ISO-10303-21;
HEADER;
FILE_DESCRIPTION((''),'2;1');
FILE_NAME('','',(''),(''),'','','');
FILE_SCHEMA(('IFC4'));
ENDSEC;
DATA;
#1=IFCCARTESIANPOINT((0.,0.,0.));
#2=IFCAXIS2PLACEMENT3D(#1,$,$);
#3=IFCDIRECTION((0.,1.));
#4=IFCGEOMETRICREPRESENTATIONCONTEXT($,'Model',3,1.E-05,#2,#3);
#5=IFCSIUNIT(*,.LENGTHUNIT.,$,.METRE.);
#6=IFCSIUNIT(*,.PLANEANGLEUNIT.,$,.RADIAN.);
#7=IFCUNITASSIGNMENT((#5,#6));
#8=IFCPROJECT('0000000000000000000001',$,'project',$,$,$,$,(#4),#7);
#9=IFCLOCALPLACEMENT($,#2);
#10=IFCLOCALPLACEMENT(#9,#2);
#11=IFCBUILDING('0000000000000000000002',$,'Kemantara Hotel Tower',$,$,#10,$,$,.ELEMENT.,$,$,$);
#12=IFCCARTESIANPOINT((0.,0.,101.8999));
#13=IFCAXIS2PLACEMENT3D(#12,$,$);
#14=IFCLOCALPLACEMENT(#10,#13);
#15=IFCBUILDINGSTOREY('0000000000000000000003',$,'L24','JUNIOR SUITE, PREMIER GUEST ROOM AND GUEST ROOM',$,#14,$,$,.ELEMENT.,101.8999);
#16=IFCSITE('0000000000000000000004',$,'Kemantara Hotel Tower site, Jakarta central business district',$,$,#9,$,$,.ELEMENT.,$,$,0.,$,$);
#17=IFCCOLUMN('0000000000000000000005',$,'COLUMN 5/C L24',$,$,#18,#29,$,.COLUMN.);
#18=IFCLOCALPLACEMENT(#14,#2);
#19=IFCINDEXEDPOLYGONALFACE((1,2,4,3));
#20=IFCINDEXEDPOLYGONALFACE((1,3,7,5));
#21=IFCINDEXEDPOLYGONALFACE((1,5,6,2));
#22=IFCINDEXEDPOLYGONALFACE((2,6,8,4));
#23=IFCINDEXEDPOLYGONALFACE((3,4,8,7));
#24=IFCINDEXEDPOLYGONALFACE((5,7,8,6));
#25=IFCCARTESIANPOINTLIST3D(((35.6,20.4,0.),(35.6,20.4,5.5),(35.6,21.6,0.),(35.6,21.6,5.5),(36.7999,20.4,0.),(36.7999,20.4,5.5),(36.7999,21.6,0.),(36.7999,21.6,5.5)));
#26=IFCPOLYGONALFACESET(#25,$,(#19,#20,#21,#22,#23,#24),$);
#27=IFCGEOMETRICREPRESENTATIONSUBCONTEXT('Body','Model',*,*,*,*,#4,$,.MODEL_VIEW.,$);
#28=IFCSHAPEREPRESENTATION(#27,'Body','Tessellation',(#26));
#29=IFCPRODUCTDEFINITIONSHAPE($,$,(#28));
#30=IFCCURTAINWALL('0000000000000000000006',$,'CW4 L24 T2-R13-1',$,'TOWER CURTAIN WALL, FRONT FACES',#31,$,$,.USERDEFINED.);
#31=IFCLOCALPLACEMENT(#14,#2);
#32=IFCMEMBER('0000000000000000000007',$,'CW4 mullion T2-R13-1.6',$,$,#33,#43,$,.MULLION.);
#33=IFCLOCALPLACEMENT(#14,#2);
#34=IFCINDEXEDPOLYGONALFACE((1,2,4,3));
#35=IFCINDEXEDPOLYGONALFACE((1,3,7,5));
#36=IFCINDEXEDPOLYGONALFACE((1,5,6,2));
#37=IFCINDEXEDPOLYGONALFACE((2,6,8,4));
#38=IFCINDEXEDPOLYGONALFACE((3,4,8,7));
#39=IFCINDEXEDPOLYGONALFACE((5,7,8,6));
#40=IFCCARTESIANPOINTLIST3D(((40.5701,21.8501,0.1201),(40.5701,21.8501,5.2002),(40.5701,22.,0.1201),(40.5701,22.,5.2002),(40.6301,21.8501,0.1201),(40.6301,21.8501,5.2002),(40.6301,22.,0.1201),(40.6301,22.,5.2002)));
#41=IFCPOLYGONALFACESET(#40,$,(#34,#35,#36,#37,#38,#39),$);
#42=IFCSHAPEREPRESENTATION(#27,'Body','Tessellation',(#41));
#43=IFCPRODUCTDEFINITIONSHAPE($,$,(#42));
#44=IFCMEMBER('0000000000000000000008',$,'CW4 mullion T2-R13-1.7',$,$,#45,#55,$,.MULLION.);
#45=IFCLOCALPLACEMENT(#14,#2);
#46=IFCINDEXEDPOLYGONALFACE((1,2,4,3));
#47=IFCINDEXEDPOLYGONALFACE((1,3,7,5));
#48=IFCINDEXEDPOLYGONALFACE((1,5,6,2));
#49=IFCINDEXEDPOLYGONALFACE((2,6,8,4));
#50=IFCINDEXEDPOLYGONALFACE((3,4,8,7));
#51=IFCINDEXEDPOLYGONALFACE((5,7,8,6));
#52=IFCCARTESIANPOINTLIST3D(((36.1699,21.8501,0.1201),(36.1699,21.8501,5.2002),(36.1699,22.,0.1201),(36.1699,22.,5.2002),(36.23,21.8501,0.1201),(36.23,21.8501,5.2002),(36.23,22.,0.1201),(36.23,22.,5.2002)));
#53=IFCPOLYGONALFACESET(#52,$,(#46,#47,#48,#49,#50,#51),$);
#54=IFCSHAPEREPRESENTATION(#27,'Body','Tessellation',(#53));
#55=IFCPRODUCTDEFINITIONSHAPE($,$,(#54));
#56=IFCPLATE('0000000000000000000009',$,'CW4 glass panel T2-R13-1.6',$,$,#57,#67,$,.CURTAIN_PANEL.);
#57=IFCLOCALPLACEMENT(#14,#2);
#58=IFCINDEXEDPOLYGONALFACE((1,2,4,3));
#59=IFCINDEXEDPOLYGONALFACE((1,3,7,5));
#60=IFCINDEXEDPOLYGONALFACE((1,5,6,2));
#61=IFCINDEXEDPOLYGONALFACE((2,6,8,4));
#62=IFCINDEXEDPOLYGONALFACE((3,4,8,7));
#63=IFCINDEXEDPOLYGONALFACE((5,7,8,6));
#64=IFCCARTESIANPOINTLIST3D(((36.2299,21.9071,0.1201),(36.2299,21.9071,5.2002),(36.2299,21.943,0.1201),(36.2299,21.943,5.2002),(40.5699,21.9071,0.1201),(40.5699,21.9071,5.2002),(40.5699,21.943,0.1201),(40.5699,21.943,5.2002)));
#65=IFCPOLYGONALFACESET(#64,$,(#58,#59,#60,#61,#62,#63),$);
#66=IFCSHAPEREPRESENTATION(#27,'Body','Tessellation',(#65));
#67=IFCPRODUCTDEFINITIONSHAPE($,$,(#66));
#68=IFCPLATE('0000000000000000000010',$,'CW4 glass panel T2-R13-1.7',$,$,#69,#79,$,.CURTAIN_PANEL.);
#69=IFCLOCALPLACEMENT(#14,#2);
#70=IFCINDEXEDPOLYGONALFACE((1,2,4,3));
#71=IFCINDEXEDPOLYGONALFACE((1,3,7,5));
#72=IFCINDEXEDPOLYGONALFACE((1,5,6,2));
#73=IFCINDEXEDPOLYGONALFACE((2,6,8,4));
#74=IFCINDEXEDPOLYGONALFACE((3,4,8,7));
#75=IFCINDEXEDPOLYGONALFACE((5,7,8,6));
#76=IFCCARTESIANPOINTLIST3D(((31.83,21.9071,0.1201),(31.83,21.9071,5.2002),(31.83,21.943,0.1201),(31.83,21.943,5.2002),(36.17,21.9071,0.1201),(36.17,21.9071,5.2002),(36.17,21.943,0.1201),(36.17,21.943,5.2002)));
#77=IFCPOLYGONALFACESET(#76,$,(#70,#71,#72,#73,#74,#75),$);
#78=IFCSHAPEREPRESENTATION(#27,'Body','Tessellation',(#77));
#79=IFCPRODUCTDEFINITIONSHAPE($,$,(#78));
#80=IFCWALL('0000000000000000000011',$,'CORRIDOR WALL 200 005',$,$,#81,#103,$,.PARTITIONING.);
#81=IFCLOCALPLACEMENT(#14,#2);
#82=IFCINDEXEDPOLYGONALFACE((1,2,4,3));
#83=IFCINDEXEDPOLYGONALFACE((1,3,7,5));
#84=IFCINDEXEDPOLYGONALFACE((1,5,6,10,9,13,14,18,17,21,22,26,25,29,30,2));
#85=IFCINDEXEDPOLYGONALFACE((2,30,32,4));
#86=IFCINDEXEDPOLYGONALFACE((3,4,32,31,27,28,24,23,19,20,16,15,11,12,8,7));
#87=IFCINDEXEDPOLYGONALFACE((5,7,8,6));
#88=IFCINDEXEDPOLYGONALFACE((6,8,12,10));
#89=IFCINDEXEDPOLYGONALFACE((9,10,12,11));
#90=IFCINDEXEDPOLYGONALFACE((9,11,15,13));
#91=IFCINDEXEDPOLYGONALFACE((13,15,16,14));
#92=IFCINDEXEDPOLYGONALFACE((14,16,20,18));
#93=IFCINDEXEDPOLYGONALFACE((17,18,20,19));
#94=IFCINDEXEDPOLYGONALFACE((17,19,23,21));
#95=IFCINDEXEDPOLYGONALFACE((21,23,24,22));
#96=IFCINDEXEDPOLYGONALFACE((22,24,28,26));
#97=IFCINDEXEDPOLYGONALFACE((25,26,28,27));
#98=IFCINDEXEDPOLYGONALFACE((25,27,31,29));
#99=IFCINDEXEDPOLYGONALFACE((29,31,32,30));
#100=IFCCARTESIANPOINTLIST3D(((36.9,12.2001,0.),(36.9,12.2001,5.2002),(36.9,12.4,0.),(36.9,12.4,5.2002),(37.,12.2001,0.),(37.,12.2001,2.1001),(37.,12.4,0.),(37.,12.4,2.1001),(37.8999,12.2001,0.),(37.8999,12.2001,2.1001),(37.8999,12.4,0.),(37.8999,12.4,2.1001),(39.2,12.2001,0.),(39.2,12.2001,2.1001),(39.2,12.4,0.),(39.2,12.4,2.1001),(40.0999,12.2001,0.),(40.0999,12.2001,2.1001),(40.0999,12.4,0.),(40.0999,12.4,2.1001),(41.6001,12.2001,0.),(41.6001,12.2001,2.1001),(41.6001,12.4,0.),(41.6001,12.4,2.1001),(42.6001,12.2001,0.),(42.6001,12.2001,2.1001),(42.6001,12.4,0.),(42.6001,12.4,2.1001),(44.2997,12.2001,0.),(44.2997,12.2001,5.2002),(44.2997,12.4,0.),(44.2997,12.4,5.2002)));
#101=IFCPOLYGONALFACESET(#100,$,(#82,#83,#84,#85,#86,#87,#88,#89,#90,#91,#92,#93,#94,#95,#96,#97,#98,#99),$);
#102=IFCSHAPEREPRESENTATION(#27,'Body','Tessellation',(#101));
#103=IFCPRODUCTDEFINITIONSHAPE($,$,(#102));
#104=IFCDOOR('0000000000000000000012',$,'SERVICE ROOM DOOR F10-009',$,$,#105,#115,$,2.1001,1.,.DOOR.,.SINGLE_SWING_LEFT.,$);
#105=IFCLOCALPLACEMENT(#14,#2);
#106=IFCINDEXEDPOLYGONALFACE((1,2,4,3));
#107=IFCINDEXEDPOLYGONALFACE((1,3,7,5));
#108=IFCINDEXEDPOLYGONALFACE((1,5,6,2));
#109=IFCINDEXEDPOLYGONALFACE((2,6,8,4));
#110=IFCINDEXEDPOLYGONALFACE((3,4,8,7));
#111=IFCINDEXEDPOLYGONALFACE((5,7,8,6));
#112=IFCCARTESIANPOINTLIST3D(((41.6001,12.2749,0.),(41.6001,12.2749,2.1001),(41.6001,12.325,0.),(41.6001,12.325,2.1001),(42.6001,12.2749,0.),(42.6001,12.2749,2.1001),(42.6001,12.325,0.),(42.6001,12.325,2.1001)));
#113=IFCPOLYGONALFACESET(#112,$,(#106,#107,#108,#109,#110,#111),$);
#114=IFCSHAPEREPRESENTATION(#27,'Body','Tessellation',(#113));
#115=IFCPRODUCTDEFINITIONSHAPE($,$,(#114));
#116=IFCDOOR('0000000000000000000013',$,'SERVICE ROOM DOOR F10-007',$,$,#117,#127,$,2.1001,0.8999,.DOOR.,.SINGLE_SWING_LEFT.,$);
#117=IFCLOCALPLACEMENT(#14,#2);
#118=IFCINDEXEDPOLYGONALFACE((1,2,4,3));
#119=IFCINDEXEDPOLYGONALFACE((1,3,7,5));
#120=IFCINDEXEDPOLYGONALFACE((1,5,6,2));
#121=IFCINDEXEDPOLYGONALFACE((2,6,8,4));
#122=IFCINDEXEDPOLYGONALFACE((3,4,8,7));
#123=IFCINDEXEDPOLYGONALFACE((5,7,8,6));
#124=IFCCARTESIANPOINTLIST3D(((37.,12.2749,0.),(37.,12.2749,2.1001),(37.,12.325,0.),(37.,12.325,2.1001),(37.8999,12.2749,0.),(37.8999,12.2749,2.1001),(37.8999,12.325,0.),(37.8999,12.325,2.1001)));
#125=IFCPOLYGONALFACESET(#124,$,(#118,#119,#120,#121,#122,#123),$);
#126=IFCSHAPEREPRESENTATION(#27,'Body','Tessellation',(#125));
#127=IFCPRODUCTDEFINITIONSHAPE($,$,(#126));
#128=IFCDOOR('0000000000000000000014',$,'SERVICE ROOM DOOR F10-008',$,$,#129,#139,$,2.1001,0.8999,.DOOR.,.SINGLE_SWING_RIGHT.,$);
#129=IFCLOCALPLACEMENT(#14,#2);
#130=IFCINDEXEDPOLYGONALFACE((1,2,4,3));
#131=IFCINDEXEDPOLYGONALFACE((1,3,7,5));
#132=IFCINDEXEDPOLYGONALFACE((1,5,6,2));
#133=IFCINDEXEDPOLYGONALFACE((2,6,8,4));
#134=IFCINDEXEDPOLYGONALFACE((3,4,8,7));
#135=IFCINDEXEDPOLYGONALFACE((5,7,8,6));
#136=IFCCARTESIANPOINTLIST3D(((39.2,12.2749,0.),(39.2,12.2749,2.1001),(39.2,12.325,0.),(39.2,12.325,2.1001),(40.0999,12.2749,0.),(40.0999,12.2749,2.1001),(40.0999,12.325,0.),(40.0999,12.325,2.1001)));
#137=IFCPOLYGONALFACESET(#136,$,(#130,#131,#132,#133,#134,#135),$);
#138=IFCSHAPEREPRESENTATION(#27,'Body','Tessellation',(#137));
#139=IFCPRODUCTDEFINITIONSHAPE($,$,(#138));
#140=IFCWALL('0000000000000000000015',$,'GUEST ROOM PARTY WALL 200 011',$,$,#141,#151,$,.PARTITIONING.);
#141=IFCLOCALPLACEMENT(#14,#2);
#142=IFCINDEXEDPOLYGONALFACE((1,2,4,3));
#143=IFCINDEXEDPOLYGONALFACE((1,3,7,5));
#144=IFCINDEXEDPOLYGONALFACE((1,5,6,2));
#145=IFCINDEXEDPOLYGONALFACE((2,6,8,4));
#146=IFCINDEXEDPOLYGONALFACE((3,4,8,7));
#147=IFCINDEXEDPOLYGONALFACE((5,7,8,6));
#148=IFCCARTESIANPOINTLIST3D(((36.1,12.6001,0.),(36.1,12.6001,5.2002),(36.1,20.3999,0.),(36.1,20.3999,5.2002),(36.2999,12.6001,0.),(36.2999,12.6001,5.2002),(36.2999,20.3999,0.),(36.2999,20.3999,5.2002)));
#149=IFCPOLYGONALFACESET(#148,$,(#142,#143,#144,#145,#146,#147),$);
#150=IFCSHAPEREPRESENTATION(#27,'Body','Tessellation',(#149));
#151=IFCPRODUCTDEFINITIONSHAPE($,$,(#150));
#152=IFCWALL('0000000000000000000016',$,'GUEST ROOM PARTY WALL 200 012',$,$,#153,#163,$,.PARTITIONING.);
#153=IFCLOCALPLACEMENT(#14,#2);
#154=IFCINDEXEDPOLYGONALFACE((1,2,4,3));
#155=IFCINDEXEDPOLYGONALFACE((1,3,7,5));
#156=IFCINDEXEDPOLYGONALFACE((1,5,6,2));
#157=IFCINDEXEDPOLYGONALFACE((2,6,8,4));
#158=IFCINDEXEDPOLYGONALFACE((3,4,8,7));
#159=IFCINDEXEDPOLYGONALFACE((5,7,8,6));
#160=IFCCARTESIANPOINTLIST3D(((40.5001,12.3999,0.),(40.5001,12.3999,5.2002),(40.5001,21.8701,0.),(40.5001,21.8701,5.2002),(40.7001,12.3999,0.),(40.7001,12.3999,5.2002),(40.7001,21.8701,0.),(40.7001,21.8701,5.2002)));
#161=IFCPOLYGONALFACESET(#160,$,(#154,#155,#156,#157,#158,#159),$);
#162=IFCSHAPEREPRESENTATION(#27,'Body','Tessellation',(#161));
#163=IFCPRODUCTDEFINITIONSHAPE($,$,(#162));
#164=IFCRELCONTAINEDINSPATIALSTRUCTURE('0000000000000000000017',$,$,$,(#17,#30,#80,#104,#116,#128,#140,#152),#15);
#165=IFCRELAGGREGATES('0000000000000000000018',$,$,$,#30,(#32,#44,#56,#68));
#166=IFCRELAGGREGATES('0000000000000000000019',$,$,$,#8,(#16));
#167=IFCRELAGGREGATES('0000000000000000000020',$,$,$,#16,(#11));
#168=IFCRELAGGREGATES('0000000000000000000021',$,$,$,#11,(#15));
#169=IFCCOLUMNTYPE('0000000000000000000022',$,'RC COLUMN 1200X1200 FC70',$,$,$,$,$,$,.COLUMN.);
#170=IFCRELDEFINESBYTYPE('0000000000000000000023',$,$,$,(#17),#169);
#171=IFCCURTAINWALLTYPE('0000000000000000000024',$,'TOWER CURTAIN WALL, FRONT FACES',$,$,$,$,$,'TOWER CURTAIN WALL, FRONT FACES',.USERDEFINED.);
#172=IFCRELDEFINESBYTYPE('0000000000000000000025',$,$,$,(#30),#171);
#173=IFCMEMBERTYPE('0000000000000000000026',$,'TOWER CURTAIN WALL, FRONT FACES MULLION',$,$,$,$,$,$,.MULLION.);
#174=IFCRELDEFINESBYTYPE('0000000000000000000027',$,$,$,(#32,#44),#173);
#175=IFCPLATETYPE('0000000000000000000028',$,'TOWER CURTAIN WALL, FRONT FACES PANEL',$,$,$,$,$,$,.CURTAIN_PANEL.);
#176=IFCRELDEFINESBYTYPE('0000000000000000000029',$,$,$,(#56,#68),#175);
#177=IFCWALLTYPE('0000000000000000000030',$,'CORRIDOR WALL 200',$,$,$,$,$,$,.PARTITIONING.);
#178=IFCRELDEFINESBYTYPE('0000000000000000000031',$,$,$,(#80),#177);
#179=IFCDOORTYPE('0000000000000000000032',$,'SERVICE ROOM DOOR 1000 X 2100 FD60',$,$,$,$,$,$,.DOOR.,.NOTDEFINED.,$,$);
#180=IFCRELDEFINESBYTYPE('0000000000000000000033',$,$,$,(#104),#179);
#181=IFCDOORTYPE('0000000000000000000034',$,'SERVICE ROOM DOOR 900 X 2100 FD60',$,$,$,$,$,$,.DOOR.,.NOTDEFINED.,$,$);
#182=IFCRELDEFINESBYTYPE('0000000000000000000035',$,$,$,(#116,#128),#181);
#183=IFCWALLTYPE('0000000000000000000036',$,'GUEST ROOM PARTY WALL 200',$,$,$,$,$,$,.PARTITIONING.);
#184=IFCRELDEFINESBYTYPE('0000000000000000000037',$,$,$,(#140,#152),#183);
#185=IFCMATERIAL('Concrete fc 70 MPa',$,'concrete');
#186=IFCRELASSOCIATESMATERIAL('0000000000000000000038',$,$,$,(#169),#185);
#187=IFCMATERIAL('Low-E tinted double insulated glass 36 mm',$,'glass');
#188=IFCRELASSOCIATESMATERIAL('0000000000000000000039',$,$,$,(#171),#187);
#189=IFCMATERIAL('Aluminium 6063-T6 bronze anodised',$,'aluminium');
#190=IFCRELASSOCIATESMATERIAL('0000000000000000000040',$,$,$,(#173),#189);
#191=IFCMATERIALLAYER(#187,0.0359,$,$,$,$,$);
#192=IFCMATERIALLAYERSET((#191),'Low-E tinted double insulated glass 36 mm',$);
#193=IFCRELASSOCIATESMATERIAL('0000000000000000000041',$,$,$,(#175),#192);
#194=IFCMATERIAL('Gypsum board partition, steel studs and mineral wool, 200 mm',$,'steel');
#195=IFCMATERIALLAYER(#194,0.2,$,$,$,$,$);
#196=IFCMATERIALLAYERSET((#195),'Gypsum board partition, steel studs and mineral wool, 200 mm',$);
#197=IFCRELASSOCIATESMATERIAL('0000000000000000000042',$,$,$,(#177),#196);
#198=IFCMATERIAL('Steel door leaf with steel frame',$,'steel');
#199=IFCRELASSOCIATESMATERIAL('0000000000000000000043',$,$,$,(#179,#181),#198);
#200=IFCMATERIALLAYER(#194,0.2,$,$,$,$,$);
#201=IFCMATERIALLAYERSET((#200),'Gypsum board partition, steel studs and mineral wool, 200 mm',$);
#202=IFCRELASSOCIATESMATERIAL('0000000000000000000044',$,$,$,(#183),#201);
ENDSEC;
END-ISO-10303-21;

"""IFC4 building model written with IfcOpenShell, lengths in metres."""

from ifc_helpers import new_model, si_unit, direction, frame, frame_2d, origin, origin_2d, place, context, subcontext, project, spatial, rectangle, extrude, source, transform, mapped, material, layer, layer_set, material_profile, profile_set, type_object, element, fill, aggregate, save


model = new_model("IFC4")

# Units and contexts
model_context = context("Model", 3, precision=1e-05, world=origin(), true_north=direction((0.0, 1.0)))
body_context = subcontext(model_context, "Body", "Model", "MODEL_VIEW")
ifc_project = project(units=[si_unit("LENGTHUNIT", "METRE"), si_unit("PLANEANGLEUNIT", "RADIAN")], contexts=[model_context])

# Site, building, storey
site_placement = place(None, origin())
site = spatial("IfcSite", under=ifc_project, at=site_placement, Name="Kemantara Hotel Tower site, Jakarta central business district", CompositionType="ELEMENT", RefElevation=0.0)
building_placement = place(site_placement, origin())
building = spatial("IfcBuilding", under=site, at=building_placement, Name="Kemantara Hotel Tower", CompositionType="ELEMENT")
storey_placement = place(building_placement, frame((0.0, 0.0, 101.8999)))
storey = spatial("IfcBuildingStorey", under=building, at=storey_placement, Name="L24", Description="JUNIOR SUITE, PREMIER GUEST ROOM AND GUEST ROOM", CompositionType="ELEMENT", Elevation=101.8999)

# Column
ifc_material_1 = material(Name="Concrete fc 70 MPa", Category="concrete")
ifc_material_profile_1 = material_profile(ifc_material_1, rectangle(XDim=1.2, YDim=1.2, at=origin_2d()), Name="RC 1200X1200")
ifc_profile_set_1 = profile_set([ifc_material_profile_1], Name="Concrete fc 70 MPa")
column_type = type_object("IfcColumnType", Name="RC COLUMN 1200X1200 FC70", PredefinedType="COLUMN", material=ifc_profile_set_1)
column_placement = place(storey_placement, frame((36.2, 21.0, 0.0), z_axis=(0.0, 0.0, 1.0), x_axis=(1.0, 0.0, 0.0)))
element("IfcColumn", 1, at=column_placement, inside=storey, type_object=column_type, Name="COLUMN 5/C L24", PredefinedType="COLUMN", context=body_context, shape_type="SweptSolid", body=[
    extrude(rectangle(XDim=1.2, YDim=1.2, at=origin_2d()), origin(), (0.0, 0.0, 1.0), 5.5),
])

# Curtain wall, members, plates
ifc_material_2 = material(Name="Low-E tinted double insulated glass 36 mm", Category="glass")
curtain_wall_type = type_object("IfcCurtainWallType", Name="TOWER CURTAIN WALL, FRONT FACES", ElementType="TOWER CURTAIN WALL, FRONT FACES", PredefinedType="USERDEFINED", material=ifc_material_2)
curtain_wall_placement = place(storey_placement, origin())
curtain_wall = element("IfcCurtainWall", 2, at=curtain_wall_placement, inside=storey, type_object=curtain_wall_type, Name="CW4 L24 T2-R13-1", ObjectType="TOWER CURTAIN WALL, FRONT FACES", PredefinedType="USERDEFINED")
ifc_material_3 = material(Name="Aluminium 6063-T6 bronze anodised", Category="aluminium")
ifc_material_profile_2 = material_profile(ifc_material_3, rectangle(XDim=0.1499, YDim=0.0601, at=origin_2d()), Name="TOWER CURTAIN WALL, FRONT FACES MULLION")
ifc_profile_set_2 = profile_set([ifc_material_profile_2], Name="Aluminium 6063-T6 bronze anodised")
member_type = type_object("IfcMemberType", Name="TOWER CURTAIN WALL, FRONT FACES MULLION", PredefinedType="MULLION", material=ifc_profile_set_2)
shared_shape_1 = source(origin(), body_context, "Body", "SweptSolid", [
    extrude(rectangle(XDim=0.1499, YDim=0.0601, at=origin_2d()), origin(), (0.0, 0.0, 1.0), 5.0801),
])
member_1_placement = place(storey_placement, frame((40.6001, 21.925, 0.1201), z_axis=(0.0, 0.0, 1.0), x_axis=(0.0, -1.0, 0.0)))
member_1 = element("IfcMember", 3, at=member_1_placement, type_object=member_type, Name="CW4 mullion T2-R13-1.6", PredefinedType="MULLION", context=body_context, shape_type="MappedRepresentation", body=[
    mapped(shared_shape_1, transform((0.0, 0.0, 0.0))),
])
member_2_placement = place(storey_placement, frame((36.2, 21.925, 0.1201), z_axis=(0.0, 0.0, 1.0), x_axis=(0.0, -1.0, 0.0)))
member_2 = element("IfcMember", 4, at=member_2_placement, type_object=member_type, Name="CW4 mullion T2-R13-1.7", PredefinedType="MULLION", context=body_context, shape_type="MappedRepresentation", body=[
    mapped(shared_shape_1, transform((0.0, 0.0, 0.0))),
])
ifc_layer_1 = layer(ifc_material_2, 0.0359)
ifc_layer_set_1 = layer_set([ifc_layer_1], Name="Low-E tinted double insulated glass 36 mm")
plate_type = type_object("IfcPlateType", Name="TOWER CURTAIN WALL, FRONT FACES PANEL", PredefinedType="CURTAIN_PANEL", material=ifc_layer_set_1)
shared_shape_2 = source(origin(), body_context, "Body", "SweptSolid", [
    extrude(rectangle(XDim=4.3401, YDim=0.0359, at=origin_2d()), origin(), (0.0, 0.0, 1.0), 5.0801),
])
plate_1_placement = place(storey_placement, frame((38.3999, 21.925, 0.1201), z_axis=(0.0, 0.0, 1.0), x_axis=(-1.0, 0.0, 0.0)))
plate_1 = element("IfcPlate", 5, at=plate_1_placement, type_object=plate_type, Name="CW4 glass panel T2-R13-1.6", PredefinedType="CURTAIN_PANEL", context=body_context, shape_type="MappedRepresentation", body=[
    mapped(shared_shape_2, transform((0.0, 0.0, 0.0))),
])
plate_2_placement = place(storey_placement, frame((34.0, 21.925, 0.1201), z_axis=(0.0, 0.0, 1.0), x_axis=(-1.0, 0.0, 0.0)))
plate_2 = element("IfcPlate", 6, at=plate_2_placement, type_object=plate_type, Name="CW4 glass panel T2-R13-1.7", PredefinedType="CURTAIN_PANEL", context=body_context, shape_type="MappedRepresentation", body=[
    mapped(shared_shape_2, transform((0.0, 0.0, 0.0))),
])
aggregate(curtain_wall, [member_1, member_2, plate_1, plate_2])

# Wall, openings, doors
ifc_material_4 = material(Name="Gypsum board partition, steel studs and mineral wool, 200 mm", Category="steel")
ifc_layer_2 = layer(ifc_material_4, 0.2)
ifc_layer_set_2 = layer_set([ifc_layer_2], Name="Gypsum board partition, steel studs and mineral wool, 200 mm")
wall_type_1 = type_object("IfcWallType", Name="CORRIDOR WALL 200", PredefinedType="PARTITIONING", material=ifc_layer_set_2)
wall_1_placement = place(storey_placement, frame((36.9001, 12.3, 0.0), z_axis=(0.0, 0.0, 1.0), x_axis=(1.0, 0.0, 0.0)))
wall_1 = element("IfcWall", 7, at=wall_1_placement, inside=storey, type_object=wall_type_1, Name="CORRIDOR WALL 200 005", PredefinedType="PARTITIONING", context=body_context, shape_type="SweptSolid", body=[
    extrude(rectangle(XDim=7.3997, YDim=0.2, at=frame_2d((3.6997, 0.0))), origin(), (0.0, 0.0, 1.0), 5.2002),
])
opening_1_placement = place(wall_1_placement, frame((0.0999, 0.0, 0.0)))
opening_1 = element("IfcOpeningElement", 8, at=opening_1_placement, cuts=wall_1, PredefinedType="OPENING", context=body_context, shape_type="SweptSolid", body=[
    extrude(rectangle(XDim=0.8999, YDim=2.1001, at=frame_2d((0.45, 1.05))), frame((0.0, 0.1099, 0.0), z_axis=(0.0, -1.0, 0.0), x_axis=(1.0, 0.0, 0.0)), (0.0, 0.0, 1.0), 0.22),
])
opening_2_placement = place(wall_1_placement, frame((2.2998, 0.0, 0.0)))
opening_2 = element("IfcOpeningElement", 9, at=opening_2_placement, cuts=wall_1, PredefinedType="OPENING", context=body_context, shape_type="SweptSolid", body=[
    extrude(rectangle(XDim=0.8999, YDim=2.1001, at=frame_2d((0.45, 1.05))), frame((0.0, 0.1099, 0.0), z_axis=(0.0, -1.0, 0.0), x_axis=(1.0, 0.0, 0.0)), (0.0, 0.0, 1.0), 0.22),
])
opening_3_placement = place(wall_1_placement, frame((4.7, 0.0, 0.0)))
opening_3 = element("IfcOpeningElement", 10, at=opening_3_placement, cuts=wall_1, PredefinedType="OPENING", context=body_context, shape_type="SweptSolid", body=[
    extrude(rectangle(XDim=1.0, YDim=2.1001, at=frame_2d((0.5, 1.05))), frame((0.0, 0.1099, 0.0), z_axis=(0.0, -1.0, 0.0), x_axis=(1.0, 0.0, 0.0)), (0.0, 0.0, 1.0), 0.22),
])
ifc_material_5 = material(Name="Steel door leaf with steel frame", Category="steel")
door_type_1 = type_object("IfcDoorType", Name="SERVICE ROOM DOOR 1000 X 2100 FD60", OperationType="NOTDEFINED", PredefinedType="DOOR", material=ifc_material_5)
door_1_placement = place(opening_3_placement, origin())
door_1 = element("IfcDoor", 11, at=door_1_placement, inside=storey, type_object=door_type_1, Name="SERVICE ROOM DOOR F10-009", OperationType="SINGLE_SWING_LEFT", OverallHeight=2.1001, OverallWidth=1.0, PredefinedType="DOOR", context=body_context, shape_type="SweptSolid", body=[
    extrude(rectangle(XDim=1.0, YDim=2.1001, at=frame_2d((0.5, 1.05))), frame((0.0, 0.0249, 0.0), z_axis=(0.0, -1.0, 0.0), x_axis=(1.0, 0.0, 0.0)), (0.0, 0.0, 1.0), 0.05),
])
fill(opening_3, door_1)
door_type_2 = type_object("IfcDoorType", Name="SERVICE ROOM DOOR 900 X 2100 FD60", OperationType="NOTDEFINED", PredefinedType="DOOR", material=ifc_material_5)
door_2_placement = place(opening_1_placement, origin())
door_2 = element("IfcDoor", 12, at=door_2_placement, inside=storey, type_object=door_type_2, Name="SERVICE ROOM DOOR F10-007", OperationType="SINGLE_SWING_LEFT", OverallHeight=2.1001, OverallWidth=0.8999, PredefinedType="DOOR", context=body_context, shape_type="SweptSolid", body=[
    extrude(rectangle(XDim=0.8999, YDim=2.1001, at=frame_2d((0.45, 1.05))), frame((0.0, 0.0249, 0.0), z_axis=(0.0, -1.0, 0.0), x_axis=(1.0, 0.0, 0.0)), (0.0, 0.0, 1.0), 0.05),
])
fill(opening_1, door_2)
door_3_placement = place(opening_2_placement, origin())
door_3 = element("IfcDoor", 13, at=door_3_placement, inside=storey, type_object=door_type_2, Name="SERVICE ROOM DOOR F10-008", OperationType="SINGLE_SWING_RIGHT", OverallHeight=2.1001, OverallWidth=0.8999, PredefinedType="DOOR", context=body_context, shape_type="SweptSolid", body=[
    extrude(rectangle(XDim=0.8999, YDim=2.1001, at=frame_2d((0.45, 1.05))), frame((0.0, 0.0249, 0.0), z_axis=(0.0, -1.0, 0.0), x_axis=(1.0, 0.0, 0.0)), (0.0, 0.0, 1.0), 0.05),
])
fill(opening_2, door_3)

# Walls
ifc_layer_3 = layer(ifc_material_4, 0.2)
ifc_layer_set_3 = layer_set([ifc_layer_3], Name="Gypsum board partition, steel studs and mineral wool, 200 mm")
wall_type_2 = type_object("IfcWallType", Name="GUEST ROOM PARTY WALL 200", PredefinedType="PARTITIONING", material=ifc_layer_set_3)
wall_2_placement = place(storey_placement, frame((36.2, 12.6001, 0.0), z_axis=(0.0, 0.0, 1.0), x_axis=(0.0, 1.0, 0.0)))
element("IfcWall", 14, at=wall_2_placement, inside=storey, type_object=wall_type_2, Name="GUEST ROOM PARTY WALL 200 011", PredefinedType="PARTITIONING", context=body_context, shape_type="SweptSolid", body=[
    extrude(rectangle(XDim=7.7998, YDim=0.2, at=frame_2d((3.8999, 0.0))), origin(), (0.0, 0.0, 1.0), 5.2002),
])
wall_3_placement = place(storey_placement, frame((40.6001, 12.3999, 0.0), z_axis=(0.0, 0.0, 1.0), x_axis=(0.0, 1.0, 0.0)))
element("IfcWall", 15, at=wall_3_placement, inside=storey, type_object=wall_type_2, Name="GUEST ROOM PARTY WALL 200 012", PredefinedType="PARTITIONING", context=body_context, shape_type="SweptSolid", body=[
    extrude(rectangle(XDim=9.4702, YDim=0.2, at=frame_2d((4.7351, 0.0))), origin(), (0.0, 0.0, 1.0), 5.2002),
])

save(model, "model.ifc")
